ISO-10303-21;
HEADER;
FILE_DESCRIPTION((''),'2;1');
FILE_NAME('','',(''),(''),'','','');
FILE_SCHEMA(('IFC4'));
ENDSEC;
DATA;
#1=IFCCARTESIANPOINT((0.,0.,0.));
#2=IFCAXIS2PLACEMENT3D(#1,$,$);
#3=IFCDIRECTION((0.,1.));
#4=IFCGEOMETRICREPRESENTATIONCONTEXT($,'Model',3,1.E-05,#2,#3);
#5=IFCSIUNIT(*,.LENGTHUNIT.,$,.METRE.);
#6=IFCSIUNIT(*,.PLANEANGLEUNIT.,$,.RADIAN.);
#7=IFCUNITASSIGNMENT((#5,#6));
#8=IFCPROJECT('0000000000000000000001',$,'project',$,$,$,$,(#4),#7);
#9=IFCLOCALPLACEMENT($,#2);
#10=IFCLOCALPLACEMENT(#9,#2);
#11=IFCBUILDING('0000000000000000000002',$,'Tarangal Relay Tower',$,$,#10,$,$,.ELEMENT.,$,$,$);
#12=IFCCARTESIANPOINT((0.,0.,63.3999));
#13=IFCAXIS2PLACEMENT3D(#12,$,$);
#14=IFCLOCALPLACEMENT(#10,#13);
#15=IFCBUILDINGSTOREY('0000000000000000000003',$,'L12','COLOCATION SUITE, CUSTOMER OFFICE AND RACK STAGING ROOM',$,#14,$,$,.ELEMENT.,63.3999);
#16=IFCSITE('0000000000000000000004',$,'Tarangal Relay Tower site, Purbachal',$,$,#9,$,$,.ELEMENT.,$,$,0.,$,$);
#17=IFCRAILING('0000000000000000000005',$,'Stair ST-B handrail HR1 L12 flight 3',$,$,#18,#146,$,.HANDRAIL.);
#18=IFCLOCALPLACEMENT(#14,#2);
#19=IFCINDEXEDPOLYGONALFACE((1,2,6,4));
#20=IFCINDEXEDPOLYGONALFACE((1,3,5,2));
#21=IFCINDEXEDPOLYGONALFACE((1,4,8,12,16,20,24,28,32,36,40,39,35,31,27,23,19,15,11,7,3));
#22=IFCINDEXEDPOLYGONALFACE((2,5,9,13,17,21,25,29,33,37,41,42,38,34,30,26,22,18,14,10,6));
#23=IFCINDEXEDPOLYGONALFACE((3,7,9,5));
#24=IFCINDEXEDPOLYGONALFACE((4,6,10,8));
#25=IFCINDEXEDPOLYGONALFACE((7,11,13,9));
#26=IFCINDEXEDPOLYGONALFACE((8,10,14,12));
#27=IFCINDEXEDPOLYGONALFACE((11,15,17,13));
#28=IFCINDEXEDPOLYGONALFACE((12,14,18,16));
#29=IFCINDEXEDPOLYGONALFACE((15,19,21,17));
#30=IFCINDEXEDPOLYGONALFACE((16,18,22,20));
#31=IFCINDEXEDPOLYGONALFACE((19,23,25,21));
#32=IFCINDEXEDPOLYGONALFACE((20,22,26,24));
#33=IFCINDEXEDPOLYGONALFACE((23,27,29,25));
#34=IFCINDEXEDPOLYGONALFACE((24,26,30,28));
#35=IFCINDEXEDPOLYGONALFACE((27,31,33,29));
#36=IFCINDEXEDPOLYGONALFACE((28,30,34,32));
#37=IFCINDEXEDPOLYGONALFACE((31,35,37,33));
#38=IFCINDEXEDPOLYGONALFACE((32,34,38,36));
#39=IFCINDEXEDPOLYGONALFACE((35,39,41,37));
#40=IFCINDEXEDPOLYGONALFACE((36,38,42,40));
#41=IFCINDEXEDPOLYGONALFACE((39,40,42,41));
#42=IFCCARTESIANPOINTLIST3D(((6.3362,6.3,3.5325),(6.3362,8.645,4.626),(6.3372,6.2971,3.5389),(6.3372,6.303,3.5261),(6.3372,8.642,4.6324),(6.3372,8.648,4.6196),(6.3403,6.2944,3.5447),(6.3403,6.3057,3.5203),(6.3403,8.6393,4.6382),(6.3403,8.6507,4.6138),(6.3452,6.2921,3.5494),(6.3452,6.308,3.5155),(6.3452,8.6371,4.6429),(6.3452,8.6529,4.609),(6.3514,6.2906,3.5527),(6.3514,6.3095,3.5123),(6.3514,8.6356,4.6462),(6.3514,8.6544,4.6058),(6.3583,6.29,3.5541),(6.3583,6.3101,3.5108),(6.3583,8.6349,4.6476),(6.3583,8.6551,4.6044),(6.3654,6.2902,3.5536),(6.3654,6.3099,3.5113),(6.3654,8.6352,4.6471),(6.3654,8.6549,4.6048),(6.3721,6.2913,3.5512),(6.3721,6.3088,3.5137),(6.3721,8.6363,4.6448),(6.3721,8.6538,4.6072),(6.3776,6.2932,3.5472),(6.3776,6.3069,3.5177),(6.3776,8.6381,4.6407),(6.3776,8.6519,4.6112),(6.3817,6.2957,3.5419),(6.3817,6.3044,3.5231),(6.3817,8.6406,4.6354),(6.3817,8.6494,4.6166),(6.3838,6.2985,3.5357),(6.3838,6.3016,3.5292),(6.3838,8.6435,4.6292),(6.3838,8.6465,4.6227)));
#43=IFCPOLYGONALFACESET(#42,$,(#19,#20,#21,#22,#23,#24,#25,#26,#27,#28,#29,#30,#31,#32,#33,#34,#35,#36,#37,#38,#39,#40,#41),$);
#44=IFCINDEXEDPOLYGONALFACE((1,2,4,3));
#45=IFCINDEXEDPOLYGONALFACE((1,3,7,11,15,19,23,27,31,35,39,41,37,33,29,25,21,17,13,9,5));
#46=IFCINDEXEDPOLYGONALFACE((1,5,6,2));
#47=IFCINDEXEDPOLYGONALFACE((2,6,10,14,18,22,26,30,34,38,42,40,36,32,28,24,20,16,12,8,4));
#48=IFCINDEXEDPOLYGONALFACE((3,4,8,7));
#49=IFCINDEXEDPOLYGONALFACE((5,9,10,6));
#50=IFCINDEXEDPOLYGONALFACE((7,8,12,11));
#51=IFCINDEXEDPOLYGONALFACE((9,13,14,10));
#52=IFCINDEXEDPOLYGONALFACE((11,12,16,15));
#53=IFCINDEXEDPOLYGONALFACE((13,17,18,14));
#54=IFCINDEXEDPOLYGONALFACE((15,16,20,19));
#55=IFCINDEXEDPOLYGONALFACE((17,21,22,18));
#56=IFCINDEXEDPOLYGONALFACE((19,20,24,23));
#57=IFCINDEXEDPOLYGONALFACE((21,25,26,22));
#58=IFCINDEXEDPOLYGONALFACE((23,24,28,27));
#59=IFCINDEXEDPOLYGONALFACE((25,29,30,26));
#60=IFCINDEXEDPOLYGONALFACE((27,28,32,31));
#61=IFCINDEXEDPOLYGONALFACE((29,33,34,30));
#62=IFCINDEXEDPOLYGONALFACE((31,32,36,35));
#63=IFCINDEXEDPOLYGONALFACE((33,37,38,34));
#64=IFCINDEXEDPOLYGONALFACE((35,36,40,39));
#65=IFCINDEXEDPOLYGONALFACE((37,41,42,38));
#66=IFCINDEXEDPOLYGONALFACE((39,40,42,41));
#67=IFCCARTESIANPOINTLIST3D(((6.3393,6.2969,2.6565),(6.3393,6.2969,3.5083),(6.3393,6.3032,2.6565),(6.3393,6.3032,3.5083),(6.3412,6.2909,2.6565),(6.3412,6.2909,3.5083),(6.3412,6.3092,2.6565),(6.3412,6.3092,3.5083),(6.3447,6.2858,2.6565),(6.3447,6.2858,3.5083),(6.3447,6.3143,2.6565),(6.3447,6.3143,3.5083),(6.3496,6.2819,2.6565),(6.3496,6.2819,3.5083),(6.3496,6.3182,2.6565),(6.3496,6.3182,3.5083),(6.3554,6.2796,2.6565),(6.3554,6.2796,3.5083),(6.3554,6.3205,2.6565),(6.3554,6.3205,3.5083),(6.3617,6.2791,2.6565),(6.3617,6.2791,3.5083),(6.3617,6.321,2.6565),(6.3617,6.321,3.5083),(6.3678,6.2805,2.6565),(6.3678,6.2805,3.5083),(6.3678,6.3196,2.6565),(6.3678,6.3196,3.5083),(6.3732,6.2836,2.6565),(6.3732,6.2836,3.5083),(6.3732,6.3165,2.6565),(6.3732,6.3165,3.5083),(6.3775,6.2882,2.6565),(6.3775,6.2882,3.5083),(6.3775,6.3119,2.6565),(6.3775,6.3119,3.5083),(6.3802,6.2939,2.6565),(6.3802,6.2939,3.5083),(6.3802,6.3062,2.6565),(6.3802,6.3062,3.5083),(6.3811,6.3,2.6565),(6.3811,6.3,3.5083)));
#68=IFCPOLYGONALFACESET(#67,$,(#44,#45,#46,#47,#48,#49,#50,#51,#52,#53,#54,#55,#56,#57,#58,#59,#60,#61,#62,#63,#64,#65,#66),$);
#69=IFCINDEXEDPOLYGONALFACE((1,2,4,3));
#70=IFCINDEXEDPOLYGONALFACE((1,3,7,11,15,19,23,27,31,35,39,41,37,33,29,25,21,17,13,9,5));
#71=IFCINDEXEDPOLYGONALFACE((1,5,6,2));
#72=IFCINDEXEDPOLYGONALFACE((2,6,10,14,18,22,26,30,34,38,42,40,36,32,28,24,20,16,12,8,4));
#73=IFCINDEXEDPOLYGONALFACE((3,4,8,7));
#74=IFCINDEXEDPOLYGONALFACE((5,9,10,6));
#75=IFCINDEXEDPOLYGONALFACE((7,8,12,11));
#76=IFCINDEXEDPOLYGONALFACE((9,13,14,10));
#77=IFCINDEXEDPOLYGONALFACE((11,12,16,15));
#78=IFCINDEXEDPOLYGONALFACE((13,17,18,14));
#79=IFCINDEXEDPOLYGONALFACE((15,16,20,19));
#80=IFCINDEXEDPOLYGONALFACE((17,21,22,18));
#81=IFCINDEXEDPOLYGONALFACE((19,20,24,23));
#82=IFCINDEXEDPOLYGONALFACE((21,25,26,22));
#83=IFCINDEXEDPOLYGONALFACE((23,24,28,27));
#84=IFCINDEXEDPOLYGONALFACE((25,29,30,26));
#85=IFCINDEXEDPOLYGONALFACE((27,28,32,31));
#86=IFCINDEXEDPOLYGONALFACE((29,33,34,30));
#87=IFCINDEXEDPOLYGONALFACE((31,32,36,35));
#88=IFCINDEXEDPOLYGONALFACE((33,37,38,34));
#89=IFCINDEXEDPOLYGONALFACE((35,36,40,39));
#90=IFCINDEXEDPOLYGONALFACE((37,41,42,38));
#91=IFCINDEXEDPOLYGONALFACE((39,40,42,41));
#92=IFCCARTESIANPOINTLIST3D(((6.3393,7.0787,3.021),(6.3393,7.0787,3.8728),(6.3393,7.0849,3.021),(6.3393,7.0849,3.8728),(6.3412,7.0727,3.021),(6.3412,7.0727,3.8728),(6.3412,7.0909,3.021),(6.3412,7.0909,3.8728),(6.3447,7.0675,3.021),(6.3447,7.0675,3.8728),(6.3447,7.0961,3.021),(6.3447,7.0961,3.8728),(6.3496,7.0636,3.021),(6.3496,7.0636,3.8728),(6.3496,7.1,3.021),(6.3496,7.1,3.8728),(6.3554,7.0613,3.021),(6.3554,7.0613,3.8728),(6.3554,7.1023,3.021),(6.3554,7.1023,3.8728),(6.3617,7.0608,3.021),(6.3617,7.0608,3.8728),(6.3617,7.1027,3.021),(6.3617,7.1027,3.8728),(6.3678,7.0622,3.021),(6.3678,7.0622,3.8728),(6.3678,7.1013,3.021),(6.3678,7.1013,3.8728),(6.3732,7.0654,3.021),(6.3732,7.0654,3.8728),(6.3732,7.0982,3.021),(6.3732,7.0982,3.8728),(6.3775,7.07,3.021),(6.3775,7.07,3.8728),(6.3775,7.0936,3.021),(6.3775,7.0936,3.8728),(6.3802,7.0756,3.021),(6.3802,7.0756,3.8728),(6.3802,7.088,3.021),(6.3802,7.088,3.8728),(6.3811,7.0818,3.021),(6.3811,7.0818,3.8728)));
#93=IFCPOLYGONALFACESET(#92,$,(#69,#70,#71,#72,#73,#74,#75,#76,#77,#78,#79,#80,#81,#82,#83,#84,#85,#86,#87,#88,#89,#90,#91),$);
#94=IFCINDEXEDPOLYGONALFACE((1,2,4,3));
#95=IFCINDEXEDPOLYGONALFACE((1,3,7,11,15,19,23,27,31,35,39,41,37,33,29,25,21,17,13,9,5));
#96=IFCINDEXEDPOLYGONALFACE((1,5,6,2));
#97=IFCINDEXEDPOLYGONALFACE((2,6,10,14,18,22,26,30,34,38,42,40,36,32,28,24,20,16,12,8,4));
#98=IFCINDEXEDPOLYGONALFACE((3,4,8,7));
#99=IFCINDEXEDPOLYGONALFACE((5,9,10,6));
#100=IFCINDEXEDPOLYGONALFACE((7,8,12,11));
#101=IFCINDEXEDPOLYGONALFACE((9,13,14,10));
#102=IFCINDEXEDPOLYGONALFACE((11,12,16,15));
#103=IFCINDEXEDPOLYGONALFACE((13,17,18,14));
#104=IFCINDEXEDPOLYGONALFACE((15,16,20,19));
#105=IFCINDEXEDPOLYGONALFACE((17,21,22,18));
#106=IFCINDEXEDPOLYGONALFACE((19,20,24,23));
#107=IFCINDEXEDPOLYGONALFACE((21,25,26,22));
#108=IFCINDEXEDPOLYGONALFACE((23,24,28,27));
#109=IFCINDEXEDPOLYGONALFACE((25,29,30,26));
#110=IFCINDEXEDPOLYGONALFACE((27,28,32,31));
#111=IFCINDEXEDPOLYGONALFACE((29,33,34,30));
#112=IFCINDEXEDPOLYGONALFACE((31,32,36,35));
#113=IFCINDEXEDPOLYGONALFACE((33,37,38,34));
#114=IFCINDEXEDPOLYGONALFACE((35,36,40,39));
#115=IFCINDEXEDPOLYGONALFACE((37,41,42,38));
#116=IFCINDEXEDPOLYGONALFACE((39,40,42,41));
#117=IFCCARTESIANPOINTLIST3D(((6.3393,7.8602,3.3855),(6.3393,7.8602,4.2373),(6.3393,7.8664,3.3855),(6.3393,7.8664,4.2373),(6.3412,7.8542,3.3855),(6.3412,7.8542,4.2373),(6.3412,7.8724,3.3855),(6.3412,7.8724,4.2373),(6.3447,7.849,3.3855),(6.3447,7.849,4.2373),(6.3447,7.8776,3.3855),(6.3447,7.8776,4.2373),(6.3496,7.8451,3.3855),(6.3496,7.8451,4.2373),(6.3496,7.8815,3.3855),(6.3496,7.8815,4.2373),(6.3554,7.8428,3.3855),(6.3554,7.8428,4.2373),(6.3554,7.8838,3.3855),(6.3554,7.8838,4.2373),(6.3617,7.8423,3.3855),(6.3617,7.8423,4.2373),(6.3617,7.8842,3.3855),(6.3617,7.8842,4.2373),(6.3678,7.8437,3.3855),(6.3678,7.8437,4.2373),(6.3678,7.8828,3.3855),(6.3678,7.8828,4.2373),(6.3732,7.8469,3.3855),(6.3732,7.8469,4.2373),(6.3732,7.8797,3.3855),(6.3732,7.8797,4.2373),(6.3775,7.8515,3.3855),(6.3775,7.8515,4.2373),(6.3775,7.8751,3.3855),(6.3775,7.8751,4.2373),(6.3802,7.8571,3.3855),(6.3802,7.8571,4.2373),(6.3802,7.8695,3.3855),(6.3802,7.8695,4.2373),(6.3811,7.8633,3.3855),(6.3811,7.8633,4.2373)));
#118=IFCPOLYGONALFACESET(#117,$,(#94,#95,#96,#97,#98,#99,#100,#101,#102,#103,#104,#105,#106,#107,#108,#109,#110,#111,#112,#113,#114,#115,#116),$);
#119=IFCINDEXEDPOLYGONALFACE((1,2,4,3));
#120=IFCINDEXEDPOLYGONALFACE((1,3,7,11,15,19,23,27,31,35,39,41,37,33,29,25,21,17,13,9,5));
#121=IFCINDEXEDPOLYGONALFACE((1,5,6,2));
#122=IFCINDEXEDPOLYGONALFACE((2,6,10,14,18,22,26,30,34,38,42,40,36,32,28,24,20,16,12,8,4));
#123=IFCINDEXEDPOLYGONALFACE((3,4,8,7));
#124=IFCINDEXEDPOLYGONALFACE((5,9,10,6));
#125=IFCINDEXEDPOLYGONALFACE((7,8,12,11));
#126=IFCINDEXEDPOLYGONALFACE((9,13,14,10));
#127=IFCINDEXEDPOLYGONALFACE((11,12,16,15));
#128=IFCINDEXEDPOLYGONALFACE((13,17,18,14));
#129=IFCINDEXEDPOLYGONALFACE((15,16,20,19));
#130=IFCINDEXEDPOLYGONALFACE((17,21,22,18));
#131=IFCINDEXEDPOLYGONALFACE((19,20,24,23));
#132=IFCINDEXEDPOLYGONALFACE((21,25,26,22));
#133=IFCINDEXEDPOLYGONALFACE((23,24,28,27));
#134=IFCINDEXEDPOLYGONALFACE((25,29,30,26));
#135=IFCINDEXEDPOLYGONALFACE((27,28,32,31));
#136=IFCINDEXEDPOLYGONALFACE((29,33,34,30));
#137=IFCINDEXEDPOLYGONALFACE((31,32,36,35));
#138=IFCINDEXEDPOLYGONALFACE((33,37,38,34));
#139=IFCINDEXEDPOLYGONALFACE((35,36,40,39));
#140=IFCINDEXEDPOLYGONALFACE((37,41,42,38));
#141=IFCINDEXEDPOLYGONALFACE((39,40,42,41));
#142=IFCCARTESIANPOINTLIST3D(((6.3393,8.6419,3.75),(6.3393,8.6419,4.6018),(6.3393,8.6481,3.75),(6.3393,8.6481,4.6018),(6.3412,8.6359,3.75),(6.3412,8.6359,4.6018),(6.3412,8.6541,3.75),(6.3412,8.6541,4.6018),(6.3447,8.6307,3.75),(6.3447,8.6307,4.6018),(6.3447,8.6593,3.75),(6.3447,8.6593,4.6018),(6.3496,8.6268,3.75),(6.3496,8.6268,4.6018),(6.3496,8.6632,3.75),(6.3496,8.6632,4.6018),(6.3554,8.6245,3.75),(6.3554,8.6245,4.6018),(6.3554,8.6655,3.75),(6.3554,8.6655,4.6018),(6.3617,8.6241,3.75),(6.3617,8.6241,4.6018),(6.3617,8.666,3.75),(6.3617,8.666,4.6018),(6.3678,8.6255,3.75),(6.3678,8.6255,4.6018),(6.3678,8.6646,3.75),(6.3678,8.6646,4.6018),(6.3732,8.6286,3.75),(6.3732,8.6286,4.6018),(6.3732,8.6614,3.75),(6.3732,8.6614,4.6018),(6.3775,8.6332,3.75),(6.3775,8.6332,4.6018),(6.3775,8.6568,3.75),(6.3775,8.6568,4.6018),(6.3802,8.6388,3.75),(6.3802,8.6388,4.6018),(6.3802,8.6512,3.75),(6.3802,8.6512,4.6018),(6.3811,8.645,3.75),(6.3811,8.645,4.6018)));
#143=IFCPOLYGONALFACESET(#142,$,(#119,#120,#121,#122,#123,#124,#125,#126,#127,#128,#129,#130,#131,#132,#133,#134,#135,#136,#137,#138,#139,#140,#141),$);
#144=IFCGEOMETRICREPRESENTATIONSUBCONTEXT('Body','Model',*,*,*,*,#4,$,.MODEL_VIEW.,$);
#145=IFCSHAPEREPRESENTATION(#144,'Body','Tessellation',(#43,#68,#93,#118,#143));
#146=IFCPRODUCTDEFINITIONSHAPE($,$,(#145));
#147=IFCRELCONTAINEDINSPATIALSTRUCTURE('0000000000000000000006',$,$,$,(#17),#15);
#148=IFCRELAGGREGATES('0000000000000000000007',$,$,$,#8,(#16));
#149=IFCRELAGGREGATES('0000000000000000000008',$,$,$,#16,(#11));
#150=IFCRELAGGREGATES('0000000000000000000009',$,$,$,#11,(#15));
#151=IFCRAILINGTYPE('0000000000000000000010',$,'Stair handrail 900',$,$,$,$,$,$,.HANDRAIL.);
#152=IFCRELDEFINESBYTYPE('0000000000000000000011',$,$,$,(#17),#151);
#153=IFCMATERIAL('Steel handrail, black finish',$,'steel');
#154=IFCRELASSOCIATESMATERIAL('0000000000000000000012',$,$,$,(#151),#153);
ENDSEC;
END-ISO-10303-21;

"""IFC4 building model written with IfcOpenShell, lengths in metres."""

from ifc_helpers import new_model, si_unit, direction, frame, origin, origin_2d, place, context, subcontext, project, spatial, circle, extrude, material, type_object, element, save


model = new_model("IFC4")

# Units and contexts
model_context = context("Model", 3, precision=1e-05, world=origin(), true_north=direction((0.0, 1.0)))
body_context = subcontext(model_context, "Body", "Model", "MODEL_VIEW")
ifc_project = project(units=[si_unit("LENGTHUNIT", "METRE"), si_unit("PLANEANGLEUNIT", "RADIAN")], contexts=[model_context])

# Site, building, storey
site_placement = place(None, origin())
site = spatial("IfcSite", under=ifc_project, at=site_placement, Name="Tarangal Relay Tower site, Purbachal", CompositionType="ELEMENT", RefElevation=0.0)
building_placement = place(site_placement, origin())
building = spatial("IfcBuilding", under=site, at=building_placement, Name="Tarangal Relay Tower", CompositionType="ELEMENT")
storey_placement = place(building_placement, frame((0.0, 0.0, 63.3999)))
storey = spatial("IfcBuildingStorey", under=building, at=storey_placement, Name="L12", Description="COLOCATION SUITE, CUSTOMER OFFICE AND RACK STAGING ROOM", CompositionType="ELEMENT", Elevation=63.3999)

# Railing
ifc_material_1 = material(Name="Steel handrail, black finish", Category="steel")
railing_type_1 = type_object("IfcRailingType", Name="Stair handrail 900", PredefinedType="HANDRAIL", material=ifc_material_1)
railing_1_placement = place(storey_placement, frame((6.3601, 6.3, 2.6565)))
element("IfcRailing", 1, at=railing_1_placement, inside=storey, type_object=railing_type_1, Name="Stair ST-B handrail HR1 L12 flight 3", PredefinedType="HANDRAIL", context=body_context, shape_type="SweptSolid", body=[
    extrude(circle(Radius=0.0239, at=origin_2d()), frame((0.0, 0.0, 0.876), z_axis=(0.0, 0.906304, 0.422627), x_axis=(-1.0, 0.0, 0.0)), (0.0, 0.0, 1.0), 2.5874),
    extrude(circle(Radius=0.021, at=origin_2d()), origin(), (0.0, 0.0, 1.0), 0.8518),
    extrude(circle(Radius=0.021, at=origin_2d()), frame((0.0, 0.7817, 0.3645)), (0.0, 0.0, 1.0), 0.8518),
    extrude(circle(Radius=0.021, at=origin_2d()), frame((0.0, 1.5632, 0.729)), (0.0, 0.0, 1.0), 0.8518),
    extrude(circle(Radius=0.021, at=origin_2d()), frame((0.0, 2.345, 1.0935)), (0.0, 0.0, 1.0), 0.8518),
])

save(model, "model.ifc")
